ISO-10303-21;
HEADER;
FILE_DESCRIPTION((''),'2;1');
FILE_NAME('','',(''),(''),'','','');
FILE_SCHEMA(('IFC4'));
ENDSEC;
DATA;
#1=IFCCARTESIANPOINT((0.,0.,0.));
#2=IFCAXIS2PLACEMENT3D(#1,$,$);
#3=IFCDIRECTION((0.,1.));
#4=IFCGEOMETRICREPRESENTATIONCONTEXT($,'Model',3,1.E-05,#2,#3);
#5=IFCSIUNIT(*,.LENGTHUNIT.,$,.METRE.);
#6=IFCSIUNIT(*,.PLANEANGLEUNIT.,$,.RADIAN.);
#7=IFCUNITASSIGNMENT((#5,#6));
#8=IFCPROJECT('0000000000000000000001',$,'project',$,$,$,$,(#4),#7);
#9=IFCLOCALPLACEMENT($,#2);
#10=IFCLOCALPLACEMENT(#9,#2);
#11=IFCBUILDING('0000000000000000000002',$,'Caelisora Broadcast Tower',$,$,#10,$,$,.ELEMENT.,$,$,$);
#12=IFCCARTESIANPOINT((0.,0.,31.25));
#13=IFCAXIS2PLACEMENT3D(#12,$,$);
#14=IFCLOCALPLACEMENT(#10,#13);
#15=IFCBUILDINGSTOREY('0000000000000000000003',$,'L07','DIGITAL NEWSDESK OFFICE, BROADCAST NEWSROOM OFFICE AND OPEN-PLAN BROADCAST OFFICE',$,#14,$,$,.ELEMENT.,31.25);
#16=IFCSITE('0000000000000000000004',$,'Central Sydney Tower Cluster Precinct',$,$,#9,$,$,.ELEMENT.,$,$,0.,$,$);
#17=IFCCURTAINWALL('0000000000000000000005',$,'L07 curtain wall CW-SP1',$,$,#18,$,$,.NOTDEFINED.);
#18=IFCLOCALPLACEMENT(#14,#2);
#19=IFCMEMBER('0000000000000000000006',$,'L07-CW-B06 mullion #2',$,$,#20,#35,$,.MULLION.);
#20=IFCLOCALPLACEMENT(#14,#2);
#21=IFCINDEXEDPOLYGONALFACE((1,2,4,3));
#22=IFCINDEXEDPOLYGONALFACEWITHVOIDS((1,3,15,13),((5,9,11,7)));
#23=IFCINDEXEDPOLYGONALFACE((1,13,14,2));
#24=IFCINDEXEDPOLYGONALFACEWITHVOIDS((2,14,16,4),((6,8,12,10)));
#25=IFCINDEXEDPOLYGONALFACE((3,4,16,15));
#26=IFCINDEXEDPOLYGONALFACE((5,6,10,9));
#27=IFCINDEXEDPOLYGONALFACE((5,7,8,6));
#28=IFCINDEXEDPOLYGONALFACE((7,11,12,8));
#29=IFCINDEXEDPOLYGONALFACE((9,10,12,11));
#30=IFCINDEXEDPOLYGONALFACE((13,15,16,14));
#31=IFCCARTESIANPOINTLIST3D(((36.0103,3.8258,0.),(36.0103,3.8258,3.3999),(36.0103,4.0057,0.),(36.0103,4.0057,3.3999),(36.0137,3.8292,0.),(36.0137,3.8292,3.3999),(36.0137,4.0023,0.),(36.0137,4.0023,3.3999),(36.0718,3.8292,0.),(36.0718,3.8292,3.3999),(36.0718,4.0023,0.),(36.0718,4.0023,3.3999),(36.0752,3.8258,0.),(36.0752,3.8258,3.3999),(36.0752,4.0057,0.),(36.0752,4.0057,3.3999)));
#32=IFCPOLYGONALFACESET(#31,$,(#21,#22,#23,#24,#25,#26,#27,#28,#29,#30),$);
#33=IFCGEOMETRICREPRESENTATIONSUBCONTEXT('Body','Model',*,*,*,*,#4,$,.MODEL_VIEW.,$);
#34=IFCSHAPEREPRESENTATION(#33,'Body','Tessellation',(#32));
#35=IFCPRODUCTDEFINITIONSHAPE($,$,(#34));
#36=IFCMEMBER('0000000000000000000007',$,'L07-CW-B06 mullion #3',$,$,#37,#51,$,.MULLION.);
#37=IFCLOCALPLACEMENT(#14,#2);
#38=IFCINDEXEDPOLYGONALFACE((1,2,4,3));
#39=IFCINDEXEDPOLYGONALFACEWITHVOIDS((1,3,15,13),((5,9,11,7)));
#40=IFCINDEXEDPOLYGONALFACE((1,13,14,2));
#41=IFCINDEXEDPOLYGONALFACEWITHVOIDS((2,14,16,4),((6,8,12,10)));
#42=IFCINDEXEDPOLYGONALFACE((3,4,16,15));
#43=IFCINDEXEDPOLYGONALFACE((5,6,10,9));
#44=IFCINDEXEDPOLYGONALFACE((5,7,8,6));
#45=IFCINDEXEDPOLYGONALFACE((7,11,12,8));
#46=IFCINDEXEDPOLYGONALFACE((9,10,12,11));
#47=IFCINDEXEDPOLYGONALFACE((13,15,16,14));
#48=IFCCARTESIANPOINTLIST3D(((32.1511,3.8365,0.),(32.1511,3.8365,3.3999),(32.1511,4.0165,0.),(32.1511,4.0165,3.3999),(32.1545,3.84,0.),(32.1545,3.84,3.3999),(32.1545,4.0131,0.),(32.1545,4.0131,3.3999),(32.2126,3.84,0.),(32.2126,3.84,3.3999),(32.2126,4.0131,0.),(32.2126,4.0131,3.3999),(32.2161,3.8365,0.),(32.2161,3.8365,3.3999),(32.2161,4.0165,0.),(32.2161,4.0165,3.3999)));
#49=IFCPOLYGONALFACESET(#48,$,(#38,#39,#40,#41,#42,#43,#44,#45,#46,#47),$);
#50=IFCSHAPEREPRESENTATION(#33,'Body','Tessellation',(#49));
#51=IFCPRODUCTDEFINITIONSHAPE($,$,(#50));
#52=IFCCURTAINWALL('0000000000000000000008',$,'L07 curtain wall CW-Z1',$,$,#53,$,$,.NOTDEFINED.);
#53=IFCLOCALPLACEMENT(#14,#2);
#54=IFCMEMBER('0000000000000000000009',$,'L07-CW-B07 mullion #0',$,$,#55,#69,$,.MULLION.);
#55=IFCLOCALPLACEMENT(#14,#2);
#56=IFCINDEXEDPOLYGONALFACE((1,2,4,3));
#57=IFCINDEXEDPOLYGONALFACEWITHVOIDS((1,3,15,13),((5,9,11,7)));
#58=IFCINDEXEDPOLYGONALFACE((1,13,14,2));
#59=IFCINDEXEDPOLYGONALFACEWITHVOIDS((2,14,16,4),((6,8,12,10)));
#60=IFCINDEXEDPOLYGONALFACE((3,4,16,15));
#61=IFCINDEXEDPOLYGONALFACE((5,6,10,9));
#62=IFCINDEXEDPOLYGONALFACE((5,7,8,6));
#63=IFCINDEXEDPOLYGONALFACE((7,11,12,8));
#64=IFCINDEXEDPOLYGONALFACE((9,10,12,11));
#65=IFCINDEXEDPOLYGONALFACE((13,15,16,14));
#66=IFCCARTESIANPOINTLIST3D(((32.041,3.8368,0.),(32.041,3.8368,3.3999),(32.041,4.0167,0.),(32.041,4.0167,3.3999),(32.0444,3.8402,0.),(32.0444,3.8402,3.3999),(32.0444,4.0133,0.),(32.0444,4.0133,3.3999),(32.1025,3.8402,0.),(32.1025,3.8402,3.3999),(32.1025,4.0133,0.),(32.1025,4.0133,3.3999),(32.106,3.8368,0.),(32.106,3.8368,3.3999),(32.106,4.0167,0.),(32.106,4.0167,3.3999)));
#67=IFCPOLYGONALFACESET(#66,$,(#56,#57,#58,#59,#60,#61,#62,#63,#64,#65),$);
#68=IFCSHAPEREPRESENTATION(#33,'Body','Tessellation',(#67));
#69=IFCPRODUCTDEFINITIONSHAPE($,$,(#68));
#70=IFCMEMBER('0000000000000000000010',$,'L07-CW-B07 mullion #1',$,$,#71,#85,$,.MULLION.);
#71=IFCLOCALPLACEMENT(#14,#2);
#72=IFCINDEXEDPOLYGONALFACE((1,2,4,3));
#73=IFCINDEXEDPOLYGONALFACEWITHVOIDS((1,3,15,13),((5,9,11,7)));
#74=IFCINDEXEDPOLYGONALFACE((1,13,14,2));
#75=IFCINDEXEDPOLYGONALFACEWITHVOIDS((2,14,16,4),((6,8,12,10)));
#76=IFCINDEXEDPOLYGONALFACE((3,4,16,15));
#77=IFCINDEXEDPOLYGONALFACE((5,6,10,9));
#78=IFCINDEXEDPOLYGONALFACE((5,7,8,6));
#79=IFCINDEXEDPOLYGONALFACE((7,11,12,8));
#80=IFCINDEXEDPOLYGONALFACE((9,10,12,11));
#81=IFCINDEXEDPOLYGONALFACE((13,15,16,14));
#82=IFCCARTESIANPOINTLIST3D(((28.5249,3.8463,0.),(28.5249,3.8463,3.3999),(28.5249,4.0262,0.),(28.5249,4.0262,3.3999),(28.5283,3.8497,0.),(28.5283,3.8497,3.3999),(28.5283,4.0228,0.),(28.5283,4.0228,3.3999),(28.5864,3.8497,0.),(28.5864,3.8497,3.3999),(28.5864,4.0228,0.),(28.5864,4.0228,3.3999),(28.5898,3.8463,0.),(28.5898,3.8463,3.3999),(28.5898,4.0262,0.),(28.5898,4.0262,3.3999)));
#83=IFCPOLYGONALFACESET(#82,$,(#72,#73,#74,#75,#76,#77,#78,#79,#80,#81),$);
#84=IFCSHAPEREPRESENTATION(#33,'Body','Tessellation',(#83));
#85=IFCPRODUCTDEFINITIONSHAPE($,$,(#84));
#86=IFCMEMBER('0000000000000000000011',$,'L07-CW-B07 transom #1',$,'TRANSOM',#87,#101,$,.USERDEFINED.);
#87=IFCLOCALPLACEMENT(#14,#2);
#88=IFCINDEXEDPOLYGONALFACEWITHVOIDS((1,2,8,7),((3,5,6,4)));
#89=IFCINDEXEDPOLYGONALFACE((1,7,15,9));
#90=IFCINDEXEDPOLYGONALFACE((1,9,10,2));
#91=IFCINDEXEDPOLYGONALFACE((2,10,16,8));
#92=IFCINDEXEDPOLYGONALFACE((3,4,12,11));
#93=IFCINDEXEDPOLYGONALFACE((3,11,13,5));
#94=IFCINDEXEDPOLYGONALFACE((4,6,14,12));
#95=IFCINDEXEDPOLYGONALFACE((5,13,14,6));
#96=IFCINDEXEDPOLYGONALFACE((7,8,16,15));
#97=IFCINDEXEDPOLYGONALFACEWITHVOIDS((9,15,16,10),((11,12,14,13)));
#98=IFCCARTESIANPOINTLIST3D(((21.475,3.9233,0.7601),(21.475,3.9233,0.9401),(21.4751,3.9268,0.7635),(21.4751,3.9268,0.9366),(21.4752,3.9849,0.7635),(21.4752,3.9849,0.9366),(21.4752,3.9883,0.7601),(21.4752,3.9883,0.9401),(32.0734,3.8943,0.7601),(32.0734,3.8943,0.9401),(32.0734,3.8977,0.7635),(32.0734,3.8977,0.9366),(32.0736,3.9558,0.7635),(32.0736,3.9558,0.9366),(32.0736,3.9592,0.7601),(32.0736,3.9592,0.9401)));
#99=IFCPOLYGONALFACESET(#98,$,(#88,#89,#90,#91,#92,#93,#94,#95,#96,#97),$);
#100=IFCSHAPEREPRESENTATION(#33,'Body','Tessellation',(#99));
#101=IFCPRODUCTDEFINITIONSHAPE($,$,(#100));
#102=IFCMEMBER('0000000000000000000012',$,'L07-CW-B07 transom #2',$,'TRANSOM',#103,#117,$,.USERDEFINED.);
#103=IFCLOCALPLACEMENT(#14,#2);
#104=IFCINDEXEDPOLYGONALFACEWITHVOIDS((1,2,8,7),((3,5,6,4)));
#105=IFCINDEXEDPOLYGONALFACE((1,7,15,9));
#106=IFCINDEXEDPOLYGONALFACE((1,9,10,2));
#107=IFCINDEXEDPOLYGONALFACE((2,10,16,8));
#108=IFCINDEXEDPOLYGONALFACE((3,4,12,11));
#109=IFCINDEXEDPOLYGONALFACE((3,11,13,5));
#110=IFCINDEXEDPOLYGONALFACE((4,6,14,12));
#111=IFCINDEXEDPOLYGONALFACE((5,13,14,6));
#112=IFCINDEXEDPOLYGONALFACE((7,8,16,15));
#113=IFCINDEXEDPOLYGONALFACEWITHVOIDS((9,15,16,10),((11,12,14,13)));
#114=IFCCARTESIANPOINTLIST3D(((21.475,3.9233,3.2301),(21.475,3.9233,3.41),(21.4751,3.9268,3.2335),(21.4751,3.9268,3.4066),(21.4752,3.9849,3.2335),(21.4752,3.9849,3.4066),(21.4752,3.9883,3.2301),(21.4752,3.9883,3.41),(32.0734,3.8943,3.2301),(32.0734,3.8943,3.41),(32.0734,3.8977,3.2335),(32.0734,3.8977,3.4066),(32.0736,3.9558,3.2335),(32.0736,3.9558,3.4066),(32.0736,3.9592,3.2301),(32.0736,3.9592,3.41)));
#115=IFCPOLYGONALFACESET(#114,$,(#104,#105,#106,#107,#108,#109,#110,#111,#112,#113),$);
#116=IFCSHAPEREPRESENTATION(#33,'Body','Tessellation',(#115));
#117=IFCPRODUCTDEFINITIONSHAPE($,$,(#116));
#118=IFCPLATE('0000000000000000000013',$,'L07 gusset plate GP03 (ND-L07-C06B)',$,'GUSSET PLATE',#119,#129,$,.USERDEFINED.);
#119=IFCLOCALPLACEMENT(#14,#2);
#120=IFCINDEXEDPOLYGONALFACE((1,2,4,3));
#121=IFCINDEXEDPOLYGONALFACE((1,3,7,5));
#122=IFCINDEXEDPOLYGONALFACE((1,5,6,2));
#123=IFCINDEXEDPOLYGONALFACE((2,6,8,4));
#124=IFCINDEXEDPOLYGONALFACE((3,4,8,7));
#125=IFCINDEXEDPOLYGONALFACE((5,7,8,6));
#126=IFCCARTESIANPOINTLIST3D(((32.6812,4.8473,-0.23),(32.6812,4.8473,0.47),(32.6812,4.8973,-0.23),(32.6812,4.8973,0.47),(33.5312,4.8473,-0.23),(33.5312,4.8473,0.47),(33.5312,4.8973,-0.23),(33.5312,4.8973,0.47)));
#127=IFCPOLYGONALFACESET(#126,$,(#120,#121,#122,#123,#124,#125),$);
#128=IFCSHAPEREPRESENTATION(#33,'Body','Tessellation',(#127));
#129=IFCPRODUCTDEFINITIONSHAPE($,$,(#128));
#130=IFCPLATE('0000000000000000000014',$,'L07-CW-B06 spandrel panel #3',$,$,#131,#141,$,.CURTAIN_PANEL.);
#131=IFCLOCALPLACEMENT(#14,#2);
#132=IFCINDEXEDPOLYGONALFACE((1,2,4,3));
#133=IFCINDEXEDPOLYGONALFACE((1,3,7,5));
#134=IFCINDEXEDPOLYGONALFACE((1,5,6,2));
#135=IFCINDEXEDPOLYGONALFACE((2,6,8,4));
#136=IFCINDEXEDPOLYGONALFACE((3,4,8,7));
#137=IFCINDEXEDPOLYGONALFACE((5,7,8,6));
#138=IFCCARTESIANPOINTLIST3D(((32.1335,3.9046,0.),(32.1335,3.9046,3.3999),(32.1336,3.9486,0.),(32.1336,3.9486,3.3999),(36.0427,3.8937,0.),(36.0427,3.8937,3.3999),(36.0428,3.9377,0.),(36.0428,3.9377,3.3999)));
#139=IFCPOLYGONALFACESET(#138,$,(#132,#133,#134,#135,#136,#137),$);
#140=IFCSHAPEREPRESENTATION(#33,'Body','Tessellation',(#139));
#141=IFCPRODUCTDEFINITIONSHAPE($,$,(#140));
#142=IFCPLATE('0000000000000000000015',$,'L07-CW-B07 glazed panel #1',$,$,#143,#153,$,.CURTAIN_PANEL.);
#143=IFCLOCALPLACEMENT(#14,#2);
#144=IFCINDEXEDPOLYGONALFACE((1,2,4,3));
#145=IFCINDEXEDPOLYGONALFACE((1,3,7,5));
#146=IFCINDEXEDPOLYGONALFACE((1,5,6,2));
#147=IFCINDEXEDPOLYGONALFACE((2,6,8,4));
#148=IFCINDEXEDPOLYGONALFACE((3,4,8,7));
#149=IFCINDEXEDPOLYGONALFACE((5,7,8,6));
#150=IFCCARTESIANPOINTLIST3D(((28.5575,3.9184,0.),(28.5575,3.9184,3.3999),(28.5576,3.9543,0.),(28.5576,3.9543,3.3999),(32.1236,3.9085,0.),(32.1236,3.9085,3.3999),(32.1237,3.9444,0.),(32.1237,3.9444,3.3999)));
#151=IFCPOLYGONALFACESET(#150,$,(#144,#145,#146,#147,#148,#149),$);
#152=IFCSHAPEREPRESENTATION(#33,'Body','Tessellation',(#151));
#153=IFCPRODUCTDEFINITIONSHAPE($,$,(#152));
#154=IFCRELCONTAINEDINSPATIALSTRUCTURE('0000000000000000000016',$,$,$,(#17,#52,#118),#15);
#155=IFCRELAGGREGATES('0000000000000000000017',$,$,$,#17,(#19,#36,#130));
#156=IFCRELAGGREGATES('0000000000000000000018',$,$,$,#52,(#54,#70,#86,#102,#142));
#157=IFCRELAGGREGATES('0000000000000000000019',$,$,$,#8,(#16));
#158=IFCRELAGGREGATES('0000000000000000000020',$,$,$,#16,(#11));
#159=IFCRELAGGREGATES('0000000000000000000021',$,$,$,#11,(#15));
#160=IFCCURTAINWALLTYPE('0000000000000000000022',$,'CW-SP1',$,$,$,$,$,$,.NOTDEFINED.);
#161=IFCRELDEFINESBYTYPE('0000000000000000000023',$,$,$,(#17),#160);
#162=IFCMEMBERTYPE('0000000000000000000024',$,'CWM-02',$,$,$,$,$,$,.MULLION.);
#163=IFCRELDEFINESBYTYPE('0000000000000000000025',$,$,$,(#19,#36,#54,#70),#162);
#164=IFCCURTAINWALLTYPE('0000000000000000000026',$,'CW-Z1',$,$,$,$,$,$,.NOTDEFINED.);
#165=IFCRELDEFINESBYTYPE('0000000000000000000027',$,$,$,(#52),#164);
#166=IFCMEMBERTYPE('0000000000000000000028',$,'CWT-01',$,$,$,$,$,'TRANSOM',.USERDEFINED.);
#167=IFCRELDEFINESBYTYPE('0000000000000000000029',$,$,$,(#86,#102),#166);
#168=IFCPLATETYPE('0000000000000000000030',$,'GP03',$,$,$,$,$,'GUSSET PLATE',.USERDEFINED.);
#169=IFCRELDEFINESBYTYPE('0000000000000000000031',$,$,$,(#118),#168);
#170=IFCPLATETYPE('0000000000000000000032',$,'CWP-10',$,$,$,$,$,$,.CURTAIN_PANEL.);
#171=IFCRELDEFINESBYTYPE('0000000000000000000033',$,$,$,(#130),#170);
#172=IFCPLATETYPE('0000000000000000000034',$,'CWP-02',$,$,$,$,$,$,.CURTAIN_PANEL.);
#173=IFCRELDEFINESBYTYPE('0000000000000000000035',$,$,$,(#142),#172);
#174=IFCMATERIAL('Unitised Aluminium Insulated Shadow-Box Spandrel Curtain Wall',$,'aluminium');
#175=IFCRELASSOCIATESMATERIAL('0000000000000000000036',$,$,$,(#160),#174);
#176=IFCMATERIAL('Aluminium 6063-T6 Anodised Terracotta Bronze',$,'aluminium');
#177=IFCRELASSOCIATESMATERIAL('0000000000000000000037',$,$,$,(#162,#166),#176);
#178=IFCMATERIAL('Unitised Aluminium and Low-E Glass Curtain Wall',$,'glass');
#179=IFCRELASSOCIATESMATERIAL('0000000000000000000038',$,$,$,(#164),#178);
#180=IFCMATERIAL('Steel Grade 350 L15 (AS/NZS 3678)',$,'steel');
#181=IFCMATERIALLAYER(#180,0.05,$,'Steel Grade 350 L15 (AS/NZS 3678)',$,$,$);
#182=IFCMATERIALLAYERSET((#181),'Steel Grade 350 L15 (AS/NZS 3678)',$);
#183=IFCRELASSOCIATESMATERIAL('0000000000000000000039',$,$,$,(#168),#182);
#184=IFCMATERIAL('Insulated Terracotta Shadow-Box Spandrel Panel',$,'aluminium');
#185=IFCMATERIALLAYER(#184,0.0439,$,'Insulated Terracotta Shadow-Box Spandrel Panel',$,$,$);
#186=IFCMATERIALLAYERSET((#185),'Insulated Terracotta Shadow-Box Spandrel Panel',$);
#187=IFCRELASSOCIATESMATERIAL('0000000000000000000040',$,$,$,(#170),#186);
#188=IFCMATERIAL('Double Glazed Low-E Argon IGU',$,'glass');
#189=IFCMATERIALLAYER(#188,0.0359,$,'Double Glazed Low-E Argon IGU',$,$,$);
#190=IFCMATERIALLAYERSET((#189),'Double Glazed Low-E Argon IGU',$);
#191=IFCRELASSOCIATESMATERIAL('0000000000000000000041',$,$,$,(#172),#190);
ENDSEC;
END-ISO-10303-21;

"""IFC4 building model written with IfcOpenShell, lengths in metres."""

from ifc_helpers import new_model, si_unit, direction, frame, origin, origin_2d, place, context, subcontext, project, spatial, rectangle, hollow_rectangle, extrude, source, transform, mapped, material, layer, layer_set, material_profile, profile_set, type_object, type_shapes, element, aggregate, save


model = new_model("IFC4")

# Units and contexts
model_context = context("Model", 3, precision=1e-05, world=origin(), true_north=direction((0.0, 1.0)))
body_context = subcontext(model_context, "Body", "Model", "MODEL_VIEW")
ifc_project = project(units=[si_unit("LENGTHUNIT", "METRE"), si_unit("PLANEANGLEUNIT", "RADIAN")], contexts=[model_context])

# Site, building, storey
site_placement = place(None, origin())
site = spatial("IfcSite", under=ifc_project, at=site_placement, Name="Central Sydney Tower Cluster Precinct", CompositionType="ELEMENT", RefElevation=0.0)
building_placement = place(site_placement, origin())
building = spatial("IfcBuilding", under=site, at=building_placement, Name="Caelisora Broadcast Tower", CompositionType="ELEMENT")
storey_placement = place(building_placement, frame((0.0, 0.0, 31.25)))
storey = spatial("IfcBuildingStorey", under=building, at=storey_placement, Name="L07", Description="DIGITAL NEWSDESK OFFICE, BROADCAST NEWSROOM OFFICE AND OPEN-PLAN BROADCAST OFFICE", CompositionType="ELEMENT", Elevation=31.25)

# Shared definitions
ifc_material_1 = material(Name="Steel Grade 350 L15 (AS/NZS 3678)", Category="steel")

# Curtain walls, members
ifc_material_2 = material(Name="Unitised Aluminium Insulated Shadow-Box Spandrel Curtain Wall", Category="aluminium")
curtain_wall_type_1 = type_object("IfcCurtainWallType", Name="CW-SP1", PredefinedType="NOTDEFINED", material=ifc_material_2)
curtain_wall_1_placement = place(storey_placement, origin())
curtain_wall_1 = element("IfcCurtainWall", 1, at=curtain_wall_1_placement, inside=storey, type_object=curtain_wall_type_1, Name="L07 curtain wall CW-SP1", PredefinedType="NOTDEFINED")
ifc_material_3 = material(Name="Aluminium 6063-T6 Anodised Terracotta Bronze", Category="aluminium")
ifc_material_profile_1 = material_profile(ifc_material_3, hollow_rectangle(XDim=0.0649, YDim=0.1799, WallThickness=0.0034, at=origin_2d()), Name="Aluminium 6063-T6 Anodised Terracotta Bronze")
ifc_profile_set_1 = profile_set([ifc_material_profile_1], Name="Aluminium 6063-T6 Anodised Terracotta Bronze")
member_type_1 = type_object("IfcMemberType", Name="CWM-02", PredefinedType="MULLION", material=ifc_profile_set_1)
shared_shape_1 = source(origin(), body_context, "Body", "SweptSolid", [
    extrude(hollow_rectangle(XDim=0.0649, YDim=0.1799, WallThickness=0.0034, at=origin_2d()), origin(), (0.0, 0.0, 1.0), 3.3999),
])
type_shapes(member_type_1, [shared_shape_1])
member_1_placement = place(storey_placement, frame((36.0427, 3.9158, 0.0), z_axis=(0.0, 0.0, 1.0), x_axis=(1.0, 0.0, 0.0)))
member_1 = element("IfcMember", 2, at=member_1_placement, type_object=member_type_1, Name="L07-CW-B06 mullion #2", PredefinedType="MULLION", context=body_context, shape_type="MappedRepresentation", body=[
    mapped(shared_shape_1, transform((0.0, 0.0, 0.0), scale=1.0)),
])
member_2_placement = place(storey_placement, frame((32.1836, 3.9265, 0.0), z_axis=(0.0, 0.0, 1.0), x_axis=(1.0, 0.0, 0.0)))
member_2 = element("IfcMember", 3, at=member_2_placement, type_object=member_type_1, Name="L07-CW-B06 mullion #3", PredefinedType="MULLION", context=body_context, shape_type="MappedRepresentation", body=[
    mapped(shared_shape_1, transform((0.0, 0.0, 0.0), scale=1.0)),
])
ifc_material_4 = material(Name="Unitised Aluminium and Low-E Glass Curtain Wall", Category="glass")
curtain_wall_type_2 = type_object("IfcCurtainWallType", Name="CW-Z1", PredefinedType="NOTDEFINED", material=ifc_material_4)
curtain_wall_2_placement = place(storey_placement, origin())
curtain_wall_2 = element("IfcCurtainWall", 4, at=curtain_wall_2_placement, inside=storey, type_object=curtain_wall_type_2, Name="L07 curtain wall CW-Z1", PredefinedType="NOTDEFINED")
member_3_placement = place(storey_placement, frame((32.0735, 3.9268, 0.0), z_axis=(0.0, 0.0, 1.0), x_axis=(1.0, 0.0, 0.0)))
member_3 = element("IfcMember", 5, at=member_3_placement, type_object=member_type_1, Name="L07-CW-B07 mullion #0", PredefinedType="MULLION", context=body_context, shape_type="MappedRepresentation", body=[
    mapped(shared_shape_1, transform((0.0, 0.0, 0.0), scale=1.0)),
])
member_4_placement = place(storey_placement, frame((28.5574, 3.9363, 0.0), z_axis=(0.0, 0.0, 1.0), x_axis=(1.0, 0.0, 0.0)))
member_4 = element("IfcMember", 6, at=member_4_placement, type_object=member_type_1, Name="L07-CW-B07 mullion #1", PredefinedType="MULLION", context=body_context, shape_type="MappedRepresentation", body=[
    mapped(shared_shape_1, transform((0.0, 0.0, 0.0), scale=1.0)),
])
ifc_material_profile_2 = material_profile(ifc_material_3, hollow_rectangle(XDim=0.0649, YDim=0.1799, WallThickness=0.0034, at=origin_2d()), Name="Aluminium 6063-T6 Anodised Terracotta Bronze")
ifc_profile_set_2 = profile_set([ifc_material_profile_2], Name="Aluminium 6063-T6 Anodised Terracotta Bronze")
member_type_2 = type_object("IfcMemberType", Name="CWT-01", ElementType="TRANSOM", PredefinedType="USERDEFINED", material=ifc_profile_set_2)
shared_shape_2 = source(origin(), body_context, "Body", "SweptSolid", [
    extrude(hollow_rectangle(XDim=0.0649, YDim=0.1799, WallThickness=0.0034, at=origin_2d()), origin(), (0.0, 0.0, 1.0), 10.5984),
])
type_shapes(member_type_2, [shared_shape_2])
member_5_placement = place(storey_placement, frame((32.0735, 3.9268, 0.8501), z_axis=(-0.999996, 0.002741, 0.0), x_axis=(-0.002741, -0.999996, 0.0)))
member_5 = element("IfcMember", 7, at=member_5_placement, type_object=member_type_2, Name="L07-CW-B07 transom #1", ObjectType="TRANSOM", PredefinedType="USERDEFINED", context=body_context, shape_type="MappedRepresentation", body=[
    mapped(shared_shape_2, transform((0.0, 0.0, 0.0), scale=1.0)),
])
member_6_placement = place(storey_placement, frame((32.0735, 3.9268, 3.3201), z_axis=(-0.999996, 0.002741, 0.0), x_axis=(-0.002741, -0.999996, 0.0)))
member_6 = element("IfcMember", 8, at=member_6_placement, type_object=member_type_2, Name="L07-CW-B07 transom #2", ObjectType="TRANSOM", PredefinedType="USERDEFINED", context=body_context, shape_type="MappedRepresentation", body=[
    mapped(shared_shape_2, transform((0.0, 0.0, 0.0), scale=1.0)),
])

# Plates
ifc_layer_1 = layer(ifc_material_1, 0.05, Name="Steel Grade 350 L15 (AS/NZS 3678)")
ifc_layer_set_1 = layer_set([ifc_layer_1], Name="Steel Grade 350 L15 (AS/NZS 3678)")
plate_type_1 = type_object("IfcPlateType", Name="GP03", ElementType="GUSSET PLATE", PredefinedType="USERDEFINED", material=ifc_layer_set_1)
shared_shape_3 = source(origin(), body_context, "Body", "SweptSolid", [
    extrude(rectangle(XDim=0.8501, YDim=0.05, at=origin_2d()), origin(), (0.0, 0.0, 1.0), 0.7),
])
type_shapes(plate_type_1, [shared_shape_3])
plate_1_placement = place(storey_placement, frame((33.1062, 4.8723, -0.23), z_axis=(0.0, 0.0, 1.0), x_axis=(1.0, 0.0, 0.0)))
element("IfcPlate", 9, at=plate_1_placement, inside=storey, type_object=plate_type_1, Name="L07 gusset plate GP03 (ND-L07-C06B)", ObjectType="GUSSET PLATE", PredefinedType="USERDEFINED", context=body_context, shape_type="MappedRepresentation", body=[
    mapped(shared_shape_3, transform((0.0, 0.0, 0.0), scale=1.0)),
])
ifc_material_5 = material(Name="Insulated Terracotta Shadow-Box Spandrel Panel", Category="aluminium")
ifc_layer_2 = layer(ifc_material_5, 0.0439, Name="Insulated Terracotta Shadow-Box Spandrel Panel")
ifc_layer_set_2 = layer_set([ifc_layer_2], Name="Insulated Terracotta Shadow-Box Spandrel Panel")
plate_type_2 = type_object("IfcPlateType", Name="CWP-10", PredefinedType="CURTAIN_PANEL", material=ifc_layer_set_2)
shared_shape_4 = source(origin(), body_context, "Body", "SweptSolid", [
    extrude(rectangle(XDim=3.9092, YDim=0.0439, at=origin_2d()), origin(), (0.0, 0.0, 1.0), 3.3999),
])
type_shapes(plate_type_2, [shared_shape_4])
plate_2_placement = place(storey_placement, frame((34.0881, 3.9211, 0.0), z_axis=(0.0, 0.0, 1.0), x_axis=(-0.999996, 0.002793, 0.0)))
plate_2 = element("IfcPlate", 10, at=plate_2_placement, type_object=plate_type_2, Name="L07-CW-B06 spandrel panel #3", PredefinedType="CURTAIN_PANEL", context=body_context, shape_type="MappedRepresentation", body=[
    mapped(shared_shape_4, transform((0.0, 0.0, 0.0), scale=1.0)),
])
aggregate(curtain_wall_1, [member_1, member_2, plate_2])
ifc_material_6 = material(Name="Double Glazed Low-E Argon IGU", Category="glass")
ifc_layer_3 = layer(ifc_material_6, 0.0359, Name="Double Glazed Low-E Argon IGU")
ifc_layer_set_3 = layer_set([ifc_layer_3], Name="Double Glazed Low-E Argon IGU")
plate_type_3 = type_object("IfcPlateType", Name="CWP-02", PredefinedType="CURTAIN_PANEL", material=ifc_layer_set_3)
shared_shape_5 = source(origin(), body_context, "Body", "SweptSolid", [
    extrude(rectangle(XDim=3.5662, YDim=0.0359, at=origin_2d()), origin(), (0.0, 0.0, 1.0), 3.3999),
])
type_shapes(plate_type_3, [shared_shape_5])
plate_3_placement = place(storey_placement, frame((30.3406, 3.9314, 0.0), z_axis=(0.0, 0.0, 1.0), x_axis=(-0.999996, 0.002793, 0.0)))
plate_3 = element("IfcPlate", 11, at=plate_3_placement, type_object=plate_type_3, Name="L07-CW-B07 glazed panel #1", PredefinedType="CURTAIN_PANEL", context=body_context, shape_type="MappedRepresentation", body=[
    mapped(shared_shape_5, transform((0.0, 0.0, 0.0), scale=1.0)),
])
aggregate(curtain_wall_2, [member_3, member_4, member_5, member_6, plate_3])

save(model, "model.ifc")
